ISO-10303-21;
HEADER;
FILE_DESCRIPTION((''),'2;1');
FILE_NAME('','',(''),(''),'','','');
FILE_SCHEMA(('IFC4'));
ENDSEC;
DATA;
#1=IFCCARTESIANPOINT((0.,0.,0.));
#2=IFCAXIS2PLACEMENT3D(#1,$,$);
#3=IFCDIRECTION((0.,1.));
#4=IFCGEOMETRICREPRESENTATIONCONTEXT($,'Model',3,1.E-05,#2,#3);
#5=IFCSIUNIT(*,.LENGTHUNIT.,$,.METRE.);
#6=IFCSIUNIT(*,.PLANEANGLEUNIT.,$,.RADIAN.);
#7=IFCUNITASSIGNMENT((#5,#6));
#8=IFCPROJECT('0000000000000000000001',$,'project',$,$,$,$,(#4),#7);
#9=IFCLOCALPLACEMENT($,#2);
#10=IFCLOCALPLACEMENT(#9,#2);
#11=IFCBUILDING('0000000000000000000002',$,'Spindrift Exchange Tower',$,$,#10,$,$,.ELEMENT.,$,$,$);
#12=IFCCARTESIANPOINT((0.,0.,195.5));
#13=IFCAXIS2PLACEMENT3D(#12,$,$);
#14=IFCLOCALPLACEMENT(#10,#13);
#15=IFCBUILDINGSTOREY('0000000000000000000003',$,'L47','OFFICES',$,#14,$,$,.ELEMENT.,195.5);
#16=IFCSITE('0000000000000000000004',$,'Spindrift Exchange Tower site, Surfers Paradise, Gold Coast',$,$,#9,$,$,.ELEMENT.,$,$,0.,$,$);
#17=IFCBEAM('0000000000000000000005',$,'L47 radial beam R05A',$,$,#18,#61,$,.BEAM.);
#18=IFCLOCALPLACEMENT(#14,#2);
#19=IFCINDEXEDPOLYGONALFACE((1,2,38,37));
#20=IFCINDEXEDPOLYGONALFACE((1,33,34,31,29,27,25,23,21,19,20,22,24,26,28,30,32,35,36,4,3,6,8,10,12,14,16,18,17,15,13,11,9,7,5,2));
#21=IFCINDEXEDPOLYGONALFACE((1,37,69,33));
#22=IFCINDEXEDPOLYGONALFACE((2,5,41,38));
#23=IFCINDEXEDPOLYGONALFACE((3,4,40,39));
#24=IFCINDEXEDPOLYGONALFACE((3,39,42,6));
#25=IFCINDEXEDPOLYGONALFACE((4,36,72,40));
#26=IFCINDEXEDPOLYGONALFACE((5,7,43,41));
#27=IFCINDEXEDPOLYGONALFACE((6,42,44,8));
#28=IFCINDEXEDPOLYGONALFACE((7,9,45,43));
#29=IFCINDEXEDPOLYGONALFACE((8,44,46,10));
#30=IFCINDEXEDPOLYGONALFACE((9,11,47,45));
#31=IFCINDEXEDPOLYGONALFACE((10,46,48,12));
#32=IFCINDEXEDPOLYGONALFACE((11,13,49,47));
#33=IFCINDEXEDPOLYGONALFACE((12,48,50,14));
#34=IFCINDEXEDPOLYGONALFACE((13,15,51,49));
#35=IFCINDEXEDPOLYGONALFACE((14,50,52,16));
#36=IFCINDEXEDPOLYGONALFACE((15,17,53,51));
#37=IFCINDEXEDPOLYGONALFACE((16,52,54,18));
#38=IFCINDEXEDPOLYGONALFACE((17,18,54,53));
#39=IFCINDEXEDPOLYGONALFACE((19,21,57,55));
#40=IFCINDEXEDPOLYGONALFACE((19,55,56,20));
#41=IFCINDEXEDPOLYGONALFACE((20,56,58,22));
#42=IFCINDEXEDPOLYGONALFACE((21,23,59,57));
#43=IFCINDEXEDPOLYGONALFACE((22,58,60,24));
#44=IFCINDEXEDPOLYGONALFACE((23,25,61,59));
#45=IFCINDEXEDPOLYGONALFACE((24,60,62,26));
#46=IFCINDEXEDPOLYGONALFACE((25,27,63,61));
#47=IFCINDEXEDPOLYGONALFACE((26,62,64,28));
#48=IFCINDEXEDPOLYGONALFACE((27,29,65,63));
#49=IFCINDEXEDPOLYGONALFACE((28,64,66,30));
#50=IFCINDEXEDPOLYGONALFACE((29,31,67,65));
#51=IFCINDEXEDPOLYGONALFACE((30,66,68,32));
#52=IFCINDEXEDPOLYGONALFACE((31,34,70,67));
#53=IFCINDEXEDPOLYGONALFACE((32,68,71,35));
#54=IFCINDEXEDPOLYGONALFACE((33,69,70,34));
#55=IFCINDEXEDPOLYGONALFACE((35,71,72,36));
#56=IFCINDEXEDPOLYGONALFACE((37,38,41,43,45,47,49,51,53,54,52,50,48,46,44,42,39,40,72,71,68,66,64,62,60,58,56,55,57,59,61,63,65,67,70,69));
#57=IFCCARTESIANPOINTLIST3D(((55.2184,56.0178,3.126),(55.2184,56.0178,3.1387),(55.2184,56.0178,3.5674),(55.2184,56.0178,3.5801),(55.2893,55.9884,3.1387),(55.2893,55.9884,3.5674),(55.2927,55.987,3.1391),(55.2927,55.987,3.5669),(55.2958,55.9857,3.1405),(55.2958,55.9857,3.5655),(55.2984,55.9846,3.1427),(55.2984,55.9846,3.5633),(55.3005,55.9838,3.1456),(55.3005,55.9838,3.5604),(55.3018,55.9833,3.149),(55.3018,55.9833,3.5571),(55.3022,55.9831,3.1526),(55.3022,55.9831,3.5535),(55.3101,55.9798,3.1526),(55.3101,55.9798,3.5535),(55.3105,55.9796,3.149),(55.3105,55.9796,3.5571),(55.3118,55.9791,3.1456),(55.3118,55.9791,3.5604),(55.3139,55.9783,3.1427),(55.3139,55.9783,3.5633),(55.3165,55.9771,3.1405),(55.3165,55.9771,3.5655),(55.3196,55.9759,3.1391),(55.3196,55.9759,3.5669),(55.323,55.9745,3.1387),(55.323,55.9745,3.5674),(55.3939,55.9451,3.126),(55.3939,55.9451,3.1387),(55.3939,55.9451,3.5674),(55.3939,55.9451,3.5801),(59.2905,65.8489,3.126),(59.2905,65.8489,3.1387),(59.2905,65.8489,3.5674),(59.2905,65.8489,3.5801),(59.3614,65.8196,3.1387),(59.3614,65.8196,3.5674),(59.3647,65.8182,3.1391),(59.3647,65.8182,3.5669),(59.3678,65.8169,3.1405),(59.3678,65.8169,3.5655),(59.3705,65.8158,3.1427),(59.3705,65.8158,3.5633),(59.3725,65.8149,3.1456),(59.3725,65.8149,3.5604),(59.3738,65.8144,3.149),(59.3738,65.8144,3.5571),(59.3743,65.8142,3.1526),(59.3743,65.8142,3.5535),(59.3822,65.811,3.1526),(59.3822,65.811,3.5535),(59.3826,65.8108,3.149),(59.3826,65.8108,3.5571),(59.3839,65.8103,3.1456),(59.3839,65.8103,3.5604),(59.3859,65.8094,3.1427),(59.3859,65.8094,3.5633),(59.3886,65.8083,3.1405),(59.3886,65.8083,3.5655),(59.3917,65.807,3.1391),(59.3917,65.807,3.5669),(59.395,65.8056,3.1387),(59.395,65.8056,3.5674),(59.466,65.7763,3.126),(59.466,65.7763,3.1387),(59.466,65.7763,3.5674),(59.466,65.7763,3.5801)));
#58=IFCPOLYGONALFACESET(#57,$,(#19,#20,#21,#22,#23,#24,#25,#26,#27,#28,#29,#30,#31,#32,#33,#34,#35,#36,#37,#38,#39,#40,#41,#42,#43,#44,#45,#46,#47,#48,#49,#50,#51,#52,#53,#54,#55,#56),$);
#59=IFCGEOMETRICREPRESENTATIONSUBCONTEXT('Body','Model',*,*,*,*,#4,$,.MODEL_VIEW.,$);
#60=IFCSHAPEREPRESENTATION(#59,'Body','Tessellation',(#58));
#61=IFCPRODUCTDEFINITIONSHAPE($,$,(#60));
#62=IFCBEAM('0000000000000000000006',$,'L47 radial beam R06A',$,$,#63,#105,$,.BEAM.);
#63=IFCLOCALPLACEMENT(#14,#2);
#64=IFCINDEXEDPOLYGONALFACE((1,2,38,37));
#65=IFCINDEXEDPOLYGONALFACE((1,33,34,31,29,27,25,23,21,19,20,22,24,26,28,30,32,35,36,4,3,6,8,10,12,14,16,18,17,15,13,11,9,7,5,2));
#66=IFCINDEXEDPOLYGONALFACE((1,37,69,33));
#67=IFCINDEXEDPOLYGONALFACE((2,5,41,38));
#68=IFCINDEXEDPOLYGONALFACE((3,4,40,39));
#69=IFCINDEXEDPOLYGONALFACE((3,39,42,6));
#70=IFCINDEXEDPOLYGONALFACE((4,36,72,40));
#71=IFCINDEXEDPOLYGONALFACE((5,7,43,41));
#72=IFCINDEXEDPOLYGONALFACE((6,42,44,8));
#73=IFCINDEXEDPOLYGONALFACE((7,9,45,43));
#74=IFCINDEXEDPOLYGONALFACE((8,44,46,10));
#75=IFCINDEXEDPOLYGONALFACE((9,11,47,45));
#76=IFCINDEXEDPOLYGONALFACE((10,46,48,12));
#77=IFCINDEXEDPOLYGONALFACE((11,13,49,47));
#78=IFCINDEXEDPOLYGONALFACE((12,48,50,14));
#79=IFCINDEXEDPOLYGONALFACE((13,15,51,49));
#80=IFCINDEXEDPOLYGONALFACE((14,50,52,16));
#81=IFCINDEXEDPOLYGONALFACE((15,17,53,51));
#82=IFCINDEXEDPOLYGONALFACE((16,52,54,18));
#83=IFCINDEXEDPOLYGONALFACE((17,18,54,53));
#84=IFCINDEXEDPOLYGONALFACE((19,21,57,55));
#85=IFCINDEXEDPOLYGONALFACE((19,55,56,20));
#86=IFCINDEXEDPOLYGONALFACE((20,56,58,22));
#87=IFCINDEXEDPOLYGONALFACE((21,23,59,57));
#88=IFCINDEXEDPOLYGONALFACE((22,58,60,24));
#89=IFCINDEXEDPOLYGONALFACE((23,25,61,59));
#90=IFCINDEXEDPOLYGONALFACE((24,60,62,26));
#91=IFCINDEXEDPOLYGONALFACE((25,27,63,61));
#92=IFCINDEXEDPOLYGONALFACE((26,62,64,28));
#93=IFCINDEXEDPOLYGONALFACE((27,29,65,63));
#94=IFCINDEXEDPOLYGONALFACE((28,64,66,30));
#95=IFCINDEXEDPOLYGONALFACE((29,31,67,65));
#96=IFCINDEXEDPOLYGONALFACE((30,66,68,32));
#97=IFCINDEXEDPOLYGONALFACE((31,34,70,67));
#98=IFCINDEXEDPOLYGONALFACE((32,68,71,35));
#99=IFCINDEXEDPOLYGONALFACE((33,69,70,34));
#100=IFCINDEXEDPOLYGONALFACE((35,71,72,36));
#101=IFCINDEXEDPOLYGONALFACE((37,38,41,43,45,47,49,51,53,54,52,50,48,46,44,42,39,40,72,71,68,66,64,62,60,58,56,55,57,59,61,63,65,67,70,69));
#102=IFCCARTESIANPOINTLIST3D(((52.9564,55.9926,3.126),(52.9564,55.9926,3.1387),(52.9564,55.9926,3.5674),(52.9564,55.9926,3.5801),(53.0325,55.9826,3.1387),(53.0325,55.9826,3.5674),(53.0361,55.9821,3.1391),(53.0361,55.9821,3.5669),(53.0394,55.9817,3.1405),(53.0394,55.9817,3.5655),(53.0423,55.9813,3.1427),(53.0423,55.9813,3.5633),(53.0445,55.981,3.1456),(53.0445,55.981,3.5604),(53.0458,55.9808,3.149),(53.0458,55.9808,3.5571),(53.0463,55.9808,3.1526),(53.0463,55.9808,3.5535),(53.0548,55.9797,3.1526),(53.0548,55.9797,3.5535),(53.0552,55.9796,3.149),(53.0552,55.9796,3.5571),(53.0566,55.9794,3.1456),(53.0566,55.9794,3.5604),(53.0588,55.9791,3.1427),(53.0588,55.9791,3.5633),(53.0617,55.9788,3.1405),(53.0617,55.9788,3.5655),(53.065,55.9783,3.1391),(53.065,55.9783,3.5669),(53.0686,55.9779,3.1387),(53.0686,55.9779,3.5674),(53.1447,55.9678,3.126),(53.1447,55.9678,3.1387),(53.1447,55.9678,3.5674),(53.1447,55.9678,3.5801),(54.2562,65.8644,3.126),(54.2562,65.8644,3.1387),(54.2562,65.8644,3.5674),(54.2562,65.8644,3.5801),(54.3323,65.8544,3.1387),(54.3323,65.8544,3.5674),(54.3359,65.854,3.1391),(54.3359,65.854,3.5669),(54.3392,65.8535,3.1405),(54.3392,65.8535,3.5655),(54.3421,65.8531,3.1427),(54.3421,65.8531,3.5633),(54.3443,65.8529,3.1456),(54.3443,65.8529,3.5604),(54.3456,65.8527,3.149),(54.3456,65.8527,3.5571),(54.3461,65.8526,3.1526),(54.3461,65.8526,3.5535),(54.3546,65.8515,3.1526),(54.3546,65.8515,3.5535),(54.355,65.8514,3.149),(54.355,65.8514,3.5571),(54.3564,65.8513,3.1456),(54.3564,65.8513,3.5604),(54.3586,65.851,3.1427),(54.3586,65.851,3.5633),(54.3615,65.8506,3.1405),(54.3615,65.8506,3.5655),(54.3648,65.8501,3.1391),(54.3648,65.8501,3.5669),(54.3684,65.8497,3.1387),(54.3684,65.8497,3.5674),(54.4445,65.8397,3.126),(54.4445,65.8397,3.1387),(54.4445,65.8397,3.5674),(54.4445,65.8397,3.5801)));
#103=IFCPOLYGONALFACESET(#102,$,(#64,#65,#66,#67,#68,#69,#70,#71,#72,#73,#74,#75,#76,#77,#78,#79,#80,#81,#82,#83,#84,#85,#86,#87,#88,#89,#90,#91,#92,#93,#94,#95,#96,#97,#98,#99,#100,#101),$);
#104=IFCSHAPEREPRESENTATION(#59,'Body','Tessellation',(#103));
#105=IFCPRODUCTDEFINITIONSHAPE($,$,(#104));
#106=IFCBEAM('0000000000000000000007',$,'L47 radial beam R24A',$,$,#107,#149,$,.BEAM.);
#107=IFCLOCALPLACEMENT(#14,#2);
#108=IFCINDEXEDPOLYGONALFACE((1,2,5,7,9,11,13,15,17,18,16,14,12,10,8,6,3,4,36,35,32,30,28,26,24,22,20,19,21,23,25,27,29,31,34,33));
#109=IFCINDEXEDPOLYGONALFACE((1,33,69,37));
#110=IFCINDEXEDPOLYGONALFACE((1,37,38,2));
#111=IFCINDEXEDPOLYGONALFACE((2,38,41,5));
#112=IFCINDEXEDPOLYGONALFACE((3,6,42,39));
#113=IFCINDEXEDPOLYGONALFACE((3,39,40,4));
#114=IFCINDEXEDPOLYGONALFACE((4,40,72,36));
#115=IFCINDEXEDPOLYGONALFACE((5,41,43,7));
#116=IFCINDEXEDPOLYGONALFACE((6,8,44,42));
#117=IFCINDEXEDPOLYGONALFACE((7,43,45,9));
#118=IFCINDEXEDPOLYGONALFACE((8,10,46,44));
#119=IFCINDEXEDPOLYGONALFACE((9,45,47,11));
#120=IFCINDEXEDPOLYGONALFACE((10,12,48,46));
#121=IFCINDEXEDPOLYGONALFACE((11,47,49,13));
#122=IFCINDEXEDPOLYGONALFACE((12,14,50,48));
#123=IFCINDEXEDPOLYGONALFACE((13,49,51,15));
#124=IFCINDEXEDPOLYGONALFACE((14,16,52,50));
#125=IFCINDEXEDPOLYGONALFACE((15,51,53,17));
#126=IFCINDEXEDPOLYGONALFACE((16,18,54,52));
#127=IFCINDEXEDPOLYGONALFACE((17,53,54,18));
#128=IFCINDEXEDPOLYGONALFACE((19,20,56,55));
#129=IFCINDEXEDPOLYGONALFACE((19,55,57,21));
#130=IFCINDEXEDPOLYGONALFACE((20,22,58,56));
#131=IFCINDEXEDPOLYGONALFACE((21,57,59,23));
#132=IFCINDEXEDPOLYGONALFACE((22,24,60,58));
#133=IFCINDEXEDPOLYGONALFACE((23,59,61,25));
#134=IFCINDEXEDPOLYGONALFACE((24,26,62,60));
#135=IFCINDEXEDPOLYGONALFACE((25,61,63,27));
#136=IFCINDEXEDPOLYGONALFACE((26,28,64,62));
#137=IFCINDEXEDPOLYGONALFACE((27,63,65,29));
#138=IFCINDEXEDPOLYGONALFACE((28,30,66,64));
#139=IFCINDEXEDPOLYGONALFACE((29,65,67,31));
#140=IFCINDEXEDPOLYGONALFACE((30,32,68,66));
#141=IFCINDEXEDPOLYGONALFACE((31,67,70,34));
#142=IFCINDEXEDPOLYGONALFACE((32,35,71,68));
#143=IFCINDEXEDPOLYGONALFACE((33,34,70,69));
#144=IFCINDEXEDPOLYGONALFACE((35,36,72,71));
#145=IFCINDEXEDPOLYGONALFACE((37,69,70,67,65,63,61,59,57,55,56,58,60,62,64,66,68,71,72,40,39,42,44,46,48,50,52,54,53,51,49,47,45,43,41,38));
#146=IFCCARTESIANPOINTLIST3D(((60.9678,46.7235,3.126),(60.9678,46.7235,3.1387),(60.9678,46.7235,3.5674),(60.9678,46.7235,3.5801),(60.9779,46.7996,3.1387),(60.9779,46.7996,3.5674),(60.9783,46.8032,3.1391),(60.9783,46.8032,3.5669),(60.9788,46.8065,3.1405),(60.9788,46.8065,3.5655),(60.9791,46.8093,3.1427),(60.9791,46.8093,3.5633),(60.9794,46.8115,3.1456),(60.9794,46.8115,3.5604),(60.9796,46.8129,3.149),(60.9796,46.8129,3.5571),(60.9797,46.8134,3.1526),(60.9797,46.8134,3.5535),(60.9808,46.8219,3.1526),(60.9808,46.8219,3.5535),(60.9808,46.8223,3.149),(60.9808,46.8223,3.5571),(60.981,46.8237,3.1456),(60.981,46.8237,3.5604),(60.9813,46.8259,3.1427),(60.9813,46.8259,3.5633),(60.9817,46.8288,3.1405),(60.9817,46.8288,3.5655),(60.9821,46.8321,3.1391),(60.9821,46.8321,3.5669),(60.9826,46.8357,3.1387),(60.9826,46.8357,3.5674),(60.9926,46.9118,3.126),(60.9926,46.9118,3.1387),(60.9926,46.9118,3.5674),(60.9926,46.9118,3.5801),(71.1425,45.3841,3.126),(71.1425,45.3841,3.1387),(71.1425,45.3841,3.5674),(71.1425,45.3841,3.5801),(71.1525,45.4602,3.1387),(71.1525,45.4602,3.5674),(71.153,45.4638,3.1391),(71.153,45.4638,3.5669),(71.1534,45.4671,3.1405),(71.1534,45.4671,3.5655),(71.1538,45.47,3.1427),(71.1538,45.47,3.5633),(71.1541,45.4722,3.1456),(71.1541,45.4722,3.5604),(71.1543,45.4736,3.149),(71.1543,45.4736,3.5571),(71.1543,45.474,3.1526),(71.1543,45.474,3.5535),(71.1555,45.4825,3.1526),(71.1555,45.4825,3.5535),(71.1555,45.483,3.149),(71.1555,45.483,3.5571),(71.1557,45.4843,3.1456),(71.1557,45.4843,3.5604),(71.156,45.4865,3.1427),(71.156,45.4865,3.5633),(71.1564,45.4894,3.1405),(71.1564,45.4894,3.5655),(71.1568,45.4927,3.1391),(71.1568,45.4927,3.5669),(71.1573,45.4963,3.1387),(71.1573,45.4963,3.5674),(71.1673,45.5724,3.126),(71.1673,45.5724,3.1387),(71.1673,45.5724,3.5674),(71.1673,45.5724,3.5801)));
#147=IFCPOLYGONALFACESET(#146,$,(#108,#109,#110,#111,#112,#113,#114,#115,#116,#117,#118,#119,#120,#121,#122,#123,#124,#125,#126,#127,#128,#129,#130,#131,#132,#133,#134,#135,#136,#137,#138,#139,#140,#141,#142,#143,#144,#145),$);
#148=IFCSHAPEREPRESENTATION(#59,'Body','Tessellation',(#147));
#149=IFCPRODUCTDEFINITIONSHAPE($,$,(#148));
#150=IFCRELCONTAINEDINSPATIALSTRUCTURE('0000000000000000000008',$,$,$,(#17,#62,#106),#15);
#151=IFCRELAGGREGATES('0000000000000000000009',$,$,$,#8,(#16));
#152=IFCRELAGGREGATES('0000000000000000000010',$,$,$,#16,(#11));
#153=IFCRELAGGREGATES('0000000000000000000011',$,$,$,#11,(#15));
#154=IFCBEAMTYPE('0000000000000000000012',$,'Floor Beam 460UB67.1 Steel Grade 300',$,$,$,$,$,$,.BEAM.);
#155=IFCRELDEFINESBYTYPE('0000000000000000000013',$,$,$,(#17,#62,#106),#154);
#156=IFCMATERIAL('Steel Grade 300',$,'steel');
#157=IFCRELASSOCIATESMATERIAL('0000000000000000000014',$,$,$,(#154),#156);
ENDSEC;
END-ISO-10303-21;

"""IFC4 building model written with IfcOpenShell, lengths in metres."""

from ifc_helpers import new_model, si_unit, direction, frame, origin, origin_2d, place, context, subcontext, project, spatial, i_section, extrude, source, transform, mapped, material, material_profile, profile_set, type_object, element, save


model = new_model("IFC4")

# Units and contexts
model_context = context("Model", 3, precision=1e-05, world=origin(), true_north=direction((0.0, 1.0)))
body_context = subcontext(model_context, "Body", "Model", "MODEL_VIEW")
ifc_project = project(units=[si_unit("LENGTHUNIT", "METRE"), si_unit("PLANEANGLEUNIT", "RADIAN")], contexts=[model_context])

# Site, building, storey
site_placement = place(None, origin())
site = spatial("IfcSite", under=ifc_project, at=site_placement, Name="Spindrift Exchange Tower site, Surfers Paradise, Gold Coast", CompositionType="ELEMENT", RefElevation=0.0)
building_placement = place(site_placement, origin())
building = spatial("IfcBuilding", under=site, at=building_placement, Name="Spindrift Exchange Tower", CompositionType="ELEMENT")
storey_placement = place(building_placement, frame((0.0, 0.0, 195.5)))
storey = spatial("IfcBuildingStorey", under=building, at=storey_placement, Name="L47", Description="OFFICES", CompositionType="ELEMENT", Elevation=195.5)

# Beams
ifc_material_1 = material(Name="Steel Grade 300", Category="steel")
ifc_material_profile_1 = material_profile(ifc_material_1, i_section(OverallWidth=0.1899, OverallDepth=0.4541, WebThickness=0.0085, FlangeThickness=0.0127, FilletRadius=0.0139, at=origin_2d()), Name="460UB67.1")
ifc_profile_set_1 = profile_set([ifc_material_profile_1], Name="Steel Grade 300")
beam_type_1 = type_object("IfcBeamType", Name="Floor Beam 460UB67.1 Steel Grade 300", PredefinedType="BEAM", material=ifc_profile_set_1)
shared_shape_1 = source(origin(), body_context, "Body", "SweptSolid", [
    extrude(i_section(OverallWidth=0.1899, OverallDepth=0.4541, WebThickness=0.0085, FlangeThickness=0.0127, FilletRadius=0.0139, at=origin_2d()), origin(), (0.0, 0.0, 1.0), 10.6411),
])
beam_1_placement = place(storey_placement, frame((55.3062, 55.9814, 3.353), z_axis=(0.382673, 0.923884, 0.0), x_axis=(-0.923884, 0.382673, 0.0)))
element("IfcBeam", 1, at=beam_1_placement, inside=storey, type_object=beam_type_1, Name="L47 radial beam R05A", PredefinedType="BEAM", context=body_context, shape_type="MappedRepresentation", body=[
    mapped(shared_shape_1, transform((0.0, 0.0, 0.0), scale=1.0)),
])
shared_shape_2 = source(origin(), body_context, "Body", "SweptSolid", [
    extrude(i_section(OverallWidth=0.1899, OverallDepth=0.4541, WebThickness=0.0085, FlangeThickness=0.0127, FilletRadius=0.0139, at=origin_2d()), origin(), (0.0, 0.0, 1.0), 9.957),
])
beam_2_placement = place(storey_placement, frame((53.0505, 55.9802, 3.353), z_axis=(0.130541, 0.991443, 0.0), x_axis=(-0.991443, 0.130541, 0.0)))
element("IfcBeam", 2, at=beam_2_placement, inside=storey, type_object=beam_type_1, Name="L47 radial beam R06A", PredefinedType="BEAM", context=body_context, shape_type="MappedRepresentation", body=[
    mapped(shared_shape_2, transform((0.0, 0.0, 0.0), scale=1.0)),
])
shared_shape_3 = source(origin(), body_context, "Body", "SweptSolid", [
    extrude(i_section(OverallWidth=0.1899, OverallDepth=0.4541, WebThickness=0.0085, FlangeThickness=0.0127, FilletRadius=0.0139, at=origin_2d()), origin(), (0.0, 0.0, 1.0), 10.2625),
])
beam_3_placement = place(storey_placement, frame((60.9802, 46.8176, 3.353), z_axis=(0.991447, -0.130512, 0.0), x_axis=(0.130512, 0.991447, 0.0)))
element("IfcBeam", 3, at=beam_3_placement, inside=storey, type_object=beam_type_1, Name="L47 radial beam R24A", PredefinedType="BEAM", context=body_context, shape_type="MappedRepresentation", body=[
    mapped(shared_shape_3, transform((0.0, 0.0, 0.0), scale=1.0)),
])

save(model, "model.ifc")
